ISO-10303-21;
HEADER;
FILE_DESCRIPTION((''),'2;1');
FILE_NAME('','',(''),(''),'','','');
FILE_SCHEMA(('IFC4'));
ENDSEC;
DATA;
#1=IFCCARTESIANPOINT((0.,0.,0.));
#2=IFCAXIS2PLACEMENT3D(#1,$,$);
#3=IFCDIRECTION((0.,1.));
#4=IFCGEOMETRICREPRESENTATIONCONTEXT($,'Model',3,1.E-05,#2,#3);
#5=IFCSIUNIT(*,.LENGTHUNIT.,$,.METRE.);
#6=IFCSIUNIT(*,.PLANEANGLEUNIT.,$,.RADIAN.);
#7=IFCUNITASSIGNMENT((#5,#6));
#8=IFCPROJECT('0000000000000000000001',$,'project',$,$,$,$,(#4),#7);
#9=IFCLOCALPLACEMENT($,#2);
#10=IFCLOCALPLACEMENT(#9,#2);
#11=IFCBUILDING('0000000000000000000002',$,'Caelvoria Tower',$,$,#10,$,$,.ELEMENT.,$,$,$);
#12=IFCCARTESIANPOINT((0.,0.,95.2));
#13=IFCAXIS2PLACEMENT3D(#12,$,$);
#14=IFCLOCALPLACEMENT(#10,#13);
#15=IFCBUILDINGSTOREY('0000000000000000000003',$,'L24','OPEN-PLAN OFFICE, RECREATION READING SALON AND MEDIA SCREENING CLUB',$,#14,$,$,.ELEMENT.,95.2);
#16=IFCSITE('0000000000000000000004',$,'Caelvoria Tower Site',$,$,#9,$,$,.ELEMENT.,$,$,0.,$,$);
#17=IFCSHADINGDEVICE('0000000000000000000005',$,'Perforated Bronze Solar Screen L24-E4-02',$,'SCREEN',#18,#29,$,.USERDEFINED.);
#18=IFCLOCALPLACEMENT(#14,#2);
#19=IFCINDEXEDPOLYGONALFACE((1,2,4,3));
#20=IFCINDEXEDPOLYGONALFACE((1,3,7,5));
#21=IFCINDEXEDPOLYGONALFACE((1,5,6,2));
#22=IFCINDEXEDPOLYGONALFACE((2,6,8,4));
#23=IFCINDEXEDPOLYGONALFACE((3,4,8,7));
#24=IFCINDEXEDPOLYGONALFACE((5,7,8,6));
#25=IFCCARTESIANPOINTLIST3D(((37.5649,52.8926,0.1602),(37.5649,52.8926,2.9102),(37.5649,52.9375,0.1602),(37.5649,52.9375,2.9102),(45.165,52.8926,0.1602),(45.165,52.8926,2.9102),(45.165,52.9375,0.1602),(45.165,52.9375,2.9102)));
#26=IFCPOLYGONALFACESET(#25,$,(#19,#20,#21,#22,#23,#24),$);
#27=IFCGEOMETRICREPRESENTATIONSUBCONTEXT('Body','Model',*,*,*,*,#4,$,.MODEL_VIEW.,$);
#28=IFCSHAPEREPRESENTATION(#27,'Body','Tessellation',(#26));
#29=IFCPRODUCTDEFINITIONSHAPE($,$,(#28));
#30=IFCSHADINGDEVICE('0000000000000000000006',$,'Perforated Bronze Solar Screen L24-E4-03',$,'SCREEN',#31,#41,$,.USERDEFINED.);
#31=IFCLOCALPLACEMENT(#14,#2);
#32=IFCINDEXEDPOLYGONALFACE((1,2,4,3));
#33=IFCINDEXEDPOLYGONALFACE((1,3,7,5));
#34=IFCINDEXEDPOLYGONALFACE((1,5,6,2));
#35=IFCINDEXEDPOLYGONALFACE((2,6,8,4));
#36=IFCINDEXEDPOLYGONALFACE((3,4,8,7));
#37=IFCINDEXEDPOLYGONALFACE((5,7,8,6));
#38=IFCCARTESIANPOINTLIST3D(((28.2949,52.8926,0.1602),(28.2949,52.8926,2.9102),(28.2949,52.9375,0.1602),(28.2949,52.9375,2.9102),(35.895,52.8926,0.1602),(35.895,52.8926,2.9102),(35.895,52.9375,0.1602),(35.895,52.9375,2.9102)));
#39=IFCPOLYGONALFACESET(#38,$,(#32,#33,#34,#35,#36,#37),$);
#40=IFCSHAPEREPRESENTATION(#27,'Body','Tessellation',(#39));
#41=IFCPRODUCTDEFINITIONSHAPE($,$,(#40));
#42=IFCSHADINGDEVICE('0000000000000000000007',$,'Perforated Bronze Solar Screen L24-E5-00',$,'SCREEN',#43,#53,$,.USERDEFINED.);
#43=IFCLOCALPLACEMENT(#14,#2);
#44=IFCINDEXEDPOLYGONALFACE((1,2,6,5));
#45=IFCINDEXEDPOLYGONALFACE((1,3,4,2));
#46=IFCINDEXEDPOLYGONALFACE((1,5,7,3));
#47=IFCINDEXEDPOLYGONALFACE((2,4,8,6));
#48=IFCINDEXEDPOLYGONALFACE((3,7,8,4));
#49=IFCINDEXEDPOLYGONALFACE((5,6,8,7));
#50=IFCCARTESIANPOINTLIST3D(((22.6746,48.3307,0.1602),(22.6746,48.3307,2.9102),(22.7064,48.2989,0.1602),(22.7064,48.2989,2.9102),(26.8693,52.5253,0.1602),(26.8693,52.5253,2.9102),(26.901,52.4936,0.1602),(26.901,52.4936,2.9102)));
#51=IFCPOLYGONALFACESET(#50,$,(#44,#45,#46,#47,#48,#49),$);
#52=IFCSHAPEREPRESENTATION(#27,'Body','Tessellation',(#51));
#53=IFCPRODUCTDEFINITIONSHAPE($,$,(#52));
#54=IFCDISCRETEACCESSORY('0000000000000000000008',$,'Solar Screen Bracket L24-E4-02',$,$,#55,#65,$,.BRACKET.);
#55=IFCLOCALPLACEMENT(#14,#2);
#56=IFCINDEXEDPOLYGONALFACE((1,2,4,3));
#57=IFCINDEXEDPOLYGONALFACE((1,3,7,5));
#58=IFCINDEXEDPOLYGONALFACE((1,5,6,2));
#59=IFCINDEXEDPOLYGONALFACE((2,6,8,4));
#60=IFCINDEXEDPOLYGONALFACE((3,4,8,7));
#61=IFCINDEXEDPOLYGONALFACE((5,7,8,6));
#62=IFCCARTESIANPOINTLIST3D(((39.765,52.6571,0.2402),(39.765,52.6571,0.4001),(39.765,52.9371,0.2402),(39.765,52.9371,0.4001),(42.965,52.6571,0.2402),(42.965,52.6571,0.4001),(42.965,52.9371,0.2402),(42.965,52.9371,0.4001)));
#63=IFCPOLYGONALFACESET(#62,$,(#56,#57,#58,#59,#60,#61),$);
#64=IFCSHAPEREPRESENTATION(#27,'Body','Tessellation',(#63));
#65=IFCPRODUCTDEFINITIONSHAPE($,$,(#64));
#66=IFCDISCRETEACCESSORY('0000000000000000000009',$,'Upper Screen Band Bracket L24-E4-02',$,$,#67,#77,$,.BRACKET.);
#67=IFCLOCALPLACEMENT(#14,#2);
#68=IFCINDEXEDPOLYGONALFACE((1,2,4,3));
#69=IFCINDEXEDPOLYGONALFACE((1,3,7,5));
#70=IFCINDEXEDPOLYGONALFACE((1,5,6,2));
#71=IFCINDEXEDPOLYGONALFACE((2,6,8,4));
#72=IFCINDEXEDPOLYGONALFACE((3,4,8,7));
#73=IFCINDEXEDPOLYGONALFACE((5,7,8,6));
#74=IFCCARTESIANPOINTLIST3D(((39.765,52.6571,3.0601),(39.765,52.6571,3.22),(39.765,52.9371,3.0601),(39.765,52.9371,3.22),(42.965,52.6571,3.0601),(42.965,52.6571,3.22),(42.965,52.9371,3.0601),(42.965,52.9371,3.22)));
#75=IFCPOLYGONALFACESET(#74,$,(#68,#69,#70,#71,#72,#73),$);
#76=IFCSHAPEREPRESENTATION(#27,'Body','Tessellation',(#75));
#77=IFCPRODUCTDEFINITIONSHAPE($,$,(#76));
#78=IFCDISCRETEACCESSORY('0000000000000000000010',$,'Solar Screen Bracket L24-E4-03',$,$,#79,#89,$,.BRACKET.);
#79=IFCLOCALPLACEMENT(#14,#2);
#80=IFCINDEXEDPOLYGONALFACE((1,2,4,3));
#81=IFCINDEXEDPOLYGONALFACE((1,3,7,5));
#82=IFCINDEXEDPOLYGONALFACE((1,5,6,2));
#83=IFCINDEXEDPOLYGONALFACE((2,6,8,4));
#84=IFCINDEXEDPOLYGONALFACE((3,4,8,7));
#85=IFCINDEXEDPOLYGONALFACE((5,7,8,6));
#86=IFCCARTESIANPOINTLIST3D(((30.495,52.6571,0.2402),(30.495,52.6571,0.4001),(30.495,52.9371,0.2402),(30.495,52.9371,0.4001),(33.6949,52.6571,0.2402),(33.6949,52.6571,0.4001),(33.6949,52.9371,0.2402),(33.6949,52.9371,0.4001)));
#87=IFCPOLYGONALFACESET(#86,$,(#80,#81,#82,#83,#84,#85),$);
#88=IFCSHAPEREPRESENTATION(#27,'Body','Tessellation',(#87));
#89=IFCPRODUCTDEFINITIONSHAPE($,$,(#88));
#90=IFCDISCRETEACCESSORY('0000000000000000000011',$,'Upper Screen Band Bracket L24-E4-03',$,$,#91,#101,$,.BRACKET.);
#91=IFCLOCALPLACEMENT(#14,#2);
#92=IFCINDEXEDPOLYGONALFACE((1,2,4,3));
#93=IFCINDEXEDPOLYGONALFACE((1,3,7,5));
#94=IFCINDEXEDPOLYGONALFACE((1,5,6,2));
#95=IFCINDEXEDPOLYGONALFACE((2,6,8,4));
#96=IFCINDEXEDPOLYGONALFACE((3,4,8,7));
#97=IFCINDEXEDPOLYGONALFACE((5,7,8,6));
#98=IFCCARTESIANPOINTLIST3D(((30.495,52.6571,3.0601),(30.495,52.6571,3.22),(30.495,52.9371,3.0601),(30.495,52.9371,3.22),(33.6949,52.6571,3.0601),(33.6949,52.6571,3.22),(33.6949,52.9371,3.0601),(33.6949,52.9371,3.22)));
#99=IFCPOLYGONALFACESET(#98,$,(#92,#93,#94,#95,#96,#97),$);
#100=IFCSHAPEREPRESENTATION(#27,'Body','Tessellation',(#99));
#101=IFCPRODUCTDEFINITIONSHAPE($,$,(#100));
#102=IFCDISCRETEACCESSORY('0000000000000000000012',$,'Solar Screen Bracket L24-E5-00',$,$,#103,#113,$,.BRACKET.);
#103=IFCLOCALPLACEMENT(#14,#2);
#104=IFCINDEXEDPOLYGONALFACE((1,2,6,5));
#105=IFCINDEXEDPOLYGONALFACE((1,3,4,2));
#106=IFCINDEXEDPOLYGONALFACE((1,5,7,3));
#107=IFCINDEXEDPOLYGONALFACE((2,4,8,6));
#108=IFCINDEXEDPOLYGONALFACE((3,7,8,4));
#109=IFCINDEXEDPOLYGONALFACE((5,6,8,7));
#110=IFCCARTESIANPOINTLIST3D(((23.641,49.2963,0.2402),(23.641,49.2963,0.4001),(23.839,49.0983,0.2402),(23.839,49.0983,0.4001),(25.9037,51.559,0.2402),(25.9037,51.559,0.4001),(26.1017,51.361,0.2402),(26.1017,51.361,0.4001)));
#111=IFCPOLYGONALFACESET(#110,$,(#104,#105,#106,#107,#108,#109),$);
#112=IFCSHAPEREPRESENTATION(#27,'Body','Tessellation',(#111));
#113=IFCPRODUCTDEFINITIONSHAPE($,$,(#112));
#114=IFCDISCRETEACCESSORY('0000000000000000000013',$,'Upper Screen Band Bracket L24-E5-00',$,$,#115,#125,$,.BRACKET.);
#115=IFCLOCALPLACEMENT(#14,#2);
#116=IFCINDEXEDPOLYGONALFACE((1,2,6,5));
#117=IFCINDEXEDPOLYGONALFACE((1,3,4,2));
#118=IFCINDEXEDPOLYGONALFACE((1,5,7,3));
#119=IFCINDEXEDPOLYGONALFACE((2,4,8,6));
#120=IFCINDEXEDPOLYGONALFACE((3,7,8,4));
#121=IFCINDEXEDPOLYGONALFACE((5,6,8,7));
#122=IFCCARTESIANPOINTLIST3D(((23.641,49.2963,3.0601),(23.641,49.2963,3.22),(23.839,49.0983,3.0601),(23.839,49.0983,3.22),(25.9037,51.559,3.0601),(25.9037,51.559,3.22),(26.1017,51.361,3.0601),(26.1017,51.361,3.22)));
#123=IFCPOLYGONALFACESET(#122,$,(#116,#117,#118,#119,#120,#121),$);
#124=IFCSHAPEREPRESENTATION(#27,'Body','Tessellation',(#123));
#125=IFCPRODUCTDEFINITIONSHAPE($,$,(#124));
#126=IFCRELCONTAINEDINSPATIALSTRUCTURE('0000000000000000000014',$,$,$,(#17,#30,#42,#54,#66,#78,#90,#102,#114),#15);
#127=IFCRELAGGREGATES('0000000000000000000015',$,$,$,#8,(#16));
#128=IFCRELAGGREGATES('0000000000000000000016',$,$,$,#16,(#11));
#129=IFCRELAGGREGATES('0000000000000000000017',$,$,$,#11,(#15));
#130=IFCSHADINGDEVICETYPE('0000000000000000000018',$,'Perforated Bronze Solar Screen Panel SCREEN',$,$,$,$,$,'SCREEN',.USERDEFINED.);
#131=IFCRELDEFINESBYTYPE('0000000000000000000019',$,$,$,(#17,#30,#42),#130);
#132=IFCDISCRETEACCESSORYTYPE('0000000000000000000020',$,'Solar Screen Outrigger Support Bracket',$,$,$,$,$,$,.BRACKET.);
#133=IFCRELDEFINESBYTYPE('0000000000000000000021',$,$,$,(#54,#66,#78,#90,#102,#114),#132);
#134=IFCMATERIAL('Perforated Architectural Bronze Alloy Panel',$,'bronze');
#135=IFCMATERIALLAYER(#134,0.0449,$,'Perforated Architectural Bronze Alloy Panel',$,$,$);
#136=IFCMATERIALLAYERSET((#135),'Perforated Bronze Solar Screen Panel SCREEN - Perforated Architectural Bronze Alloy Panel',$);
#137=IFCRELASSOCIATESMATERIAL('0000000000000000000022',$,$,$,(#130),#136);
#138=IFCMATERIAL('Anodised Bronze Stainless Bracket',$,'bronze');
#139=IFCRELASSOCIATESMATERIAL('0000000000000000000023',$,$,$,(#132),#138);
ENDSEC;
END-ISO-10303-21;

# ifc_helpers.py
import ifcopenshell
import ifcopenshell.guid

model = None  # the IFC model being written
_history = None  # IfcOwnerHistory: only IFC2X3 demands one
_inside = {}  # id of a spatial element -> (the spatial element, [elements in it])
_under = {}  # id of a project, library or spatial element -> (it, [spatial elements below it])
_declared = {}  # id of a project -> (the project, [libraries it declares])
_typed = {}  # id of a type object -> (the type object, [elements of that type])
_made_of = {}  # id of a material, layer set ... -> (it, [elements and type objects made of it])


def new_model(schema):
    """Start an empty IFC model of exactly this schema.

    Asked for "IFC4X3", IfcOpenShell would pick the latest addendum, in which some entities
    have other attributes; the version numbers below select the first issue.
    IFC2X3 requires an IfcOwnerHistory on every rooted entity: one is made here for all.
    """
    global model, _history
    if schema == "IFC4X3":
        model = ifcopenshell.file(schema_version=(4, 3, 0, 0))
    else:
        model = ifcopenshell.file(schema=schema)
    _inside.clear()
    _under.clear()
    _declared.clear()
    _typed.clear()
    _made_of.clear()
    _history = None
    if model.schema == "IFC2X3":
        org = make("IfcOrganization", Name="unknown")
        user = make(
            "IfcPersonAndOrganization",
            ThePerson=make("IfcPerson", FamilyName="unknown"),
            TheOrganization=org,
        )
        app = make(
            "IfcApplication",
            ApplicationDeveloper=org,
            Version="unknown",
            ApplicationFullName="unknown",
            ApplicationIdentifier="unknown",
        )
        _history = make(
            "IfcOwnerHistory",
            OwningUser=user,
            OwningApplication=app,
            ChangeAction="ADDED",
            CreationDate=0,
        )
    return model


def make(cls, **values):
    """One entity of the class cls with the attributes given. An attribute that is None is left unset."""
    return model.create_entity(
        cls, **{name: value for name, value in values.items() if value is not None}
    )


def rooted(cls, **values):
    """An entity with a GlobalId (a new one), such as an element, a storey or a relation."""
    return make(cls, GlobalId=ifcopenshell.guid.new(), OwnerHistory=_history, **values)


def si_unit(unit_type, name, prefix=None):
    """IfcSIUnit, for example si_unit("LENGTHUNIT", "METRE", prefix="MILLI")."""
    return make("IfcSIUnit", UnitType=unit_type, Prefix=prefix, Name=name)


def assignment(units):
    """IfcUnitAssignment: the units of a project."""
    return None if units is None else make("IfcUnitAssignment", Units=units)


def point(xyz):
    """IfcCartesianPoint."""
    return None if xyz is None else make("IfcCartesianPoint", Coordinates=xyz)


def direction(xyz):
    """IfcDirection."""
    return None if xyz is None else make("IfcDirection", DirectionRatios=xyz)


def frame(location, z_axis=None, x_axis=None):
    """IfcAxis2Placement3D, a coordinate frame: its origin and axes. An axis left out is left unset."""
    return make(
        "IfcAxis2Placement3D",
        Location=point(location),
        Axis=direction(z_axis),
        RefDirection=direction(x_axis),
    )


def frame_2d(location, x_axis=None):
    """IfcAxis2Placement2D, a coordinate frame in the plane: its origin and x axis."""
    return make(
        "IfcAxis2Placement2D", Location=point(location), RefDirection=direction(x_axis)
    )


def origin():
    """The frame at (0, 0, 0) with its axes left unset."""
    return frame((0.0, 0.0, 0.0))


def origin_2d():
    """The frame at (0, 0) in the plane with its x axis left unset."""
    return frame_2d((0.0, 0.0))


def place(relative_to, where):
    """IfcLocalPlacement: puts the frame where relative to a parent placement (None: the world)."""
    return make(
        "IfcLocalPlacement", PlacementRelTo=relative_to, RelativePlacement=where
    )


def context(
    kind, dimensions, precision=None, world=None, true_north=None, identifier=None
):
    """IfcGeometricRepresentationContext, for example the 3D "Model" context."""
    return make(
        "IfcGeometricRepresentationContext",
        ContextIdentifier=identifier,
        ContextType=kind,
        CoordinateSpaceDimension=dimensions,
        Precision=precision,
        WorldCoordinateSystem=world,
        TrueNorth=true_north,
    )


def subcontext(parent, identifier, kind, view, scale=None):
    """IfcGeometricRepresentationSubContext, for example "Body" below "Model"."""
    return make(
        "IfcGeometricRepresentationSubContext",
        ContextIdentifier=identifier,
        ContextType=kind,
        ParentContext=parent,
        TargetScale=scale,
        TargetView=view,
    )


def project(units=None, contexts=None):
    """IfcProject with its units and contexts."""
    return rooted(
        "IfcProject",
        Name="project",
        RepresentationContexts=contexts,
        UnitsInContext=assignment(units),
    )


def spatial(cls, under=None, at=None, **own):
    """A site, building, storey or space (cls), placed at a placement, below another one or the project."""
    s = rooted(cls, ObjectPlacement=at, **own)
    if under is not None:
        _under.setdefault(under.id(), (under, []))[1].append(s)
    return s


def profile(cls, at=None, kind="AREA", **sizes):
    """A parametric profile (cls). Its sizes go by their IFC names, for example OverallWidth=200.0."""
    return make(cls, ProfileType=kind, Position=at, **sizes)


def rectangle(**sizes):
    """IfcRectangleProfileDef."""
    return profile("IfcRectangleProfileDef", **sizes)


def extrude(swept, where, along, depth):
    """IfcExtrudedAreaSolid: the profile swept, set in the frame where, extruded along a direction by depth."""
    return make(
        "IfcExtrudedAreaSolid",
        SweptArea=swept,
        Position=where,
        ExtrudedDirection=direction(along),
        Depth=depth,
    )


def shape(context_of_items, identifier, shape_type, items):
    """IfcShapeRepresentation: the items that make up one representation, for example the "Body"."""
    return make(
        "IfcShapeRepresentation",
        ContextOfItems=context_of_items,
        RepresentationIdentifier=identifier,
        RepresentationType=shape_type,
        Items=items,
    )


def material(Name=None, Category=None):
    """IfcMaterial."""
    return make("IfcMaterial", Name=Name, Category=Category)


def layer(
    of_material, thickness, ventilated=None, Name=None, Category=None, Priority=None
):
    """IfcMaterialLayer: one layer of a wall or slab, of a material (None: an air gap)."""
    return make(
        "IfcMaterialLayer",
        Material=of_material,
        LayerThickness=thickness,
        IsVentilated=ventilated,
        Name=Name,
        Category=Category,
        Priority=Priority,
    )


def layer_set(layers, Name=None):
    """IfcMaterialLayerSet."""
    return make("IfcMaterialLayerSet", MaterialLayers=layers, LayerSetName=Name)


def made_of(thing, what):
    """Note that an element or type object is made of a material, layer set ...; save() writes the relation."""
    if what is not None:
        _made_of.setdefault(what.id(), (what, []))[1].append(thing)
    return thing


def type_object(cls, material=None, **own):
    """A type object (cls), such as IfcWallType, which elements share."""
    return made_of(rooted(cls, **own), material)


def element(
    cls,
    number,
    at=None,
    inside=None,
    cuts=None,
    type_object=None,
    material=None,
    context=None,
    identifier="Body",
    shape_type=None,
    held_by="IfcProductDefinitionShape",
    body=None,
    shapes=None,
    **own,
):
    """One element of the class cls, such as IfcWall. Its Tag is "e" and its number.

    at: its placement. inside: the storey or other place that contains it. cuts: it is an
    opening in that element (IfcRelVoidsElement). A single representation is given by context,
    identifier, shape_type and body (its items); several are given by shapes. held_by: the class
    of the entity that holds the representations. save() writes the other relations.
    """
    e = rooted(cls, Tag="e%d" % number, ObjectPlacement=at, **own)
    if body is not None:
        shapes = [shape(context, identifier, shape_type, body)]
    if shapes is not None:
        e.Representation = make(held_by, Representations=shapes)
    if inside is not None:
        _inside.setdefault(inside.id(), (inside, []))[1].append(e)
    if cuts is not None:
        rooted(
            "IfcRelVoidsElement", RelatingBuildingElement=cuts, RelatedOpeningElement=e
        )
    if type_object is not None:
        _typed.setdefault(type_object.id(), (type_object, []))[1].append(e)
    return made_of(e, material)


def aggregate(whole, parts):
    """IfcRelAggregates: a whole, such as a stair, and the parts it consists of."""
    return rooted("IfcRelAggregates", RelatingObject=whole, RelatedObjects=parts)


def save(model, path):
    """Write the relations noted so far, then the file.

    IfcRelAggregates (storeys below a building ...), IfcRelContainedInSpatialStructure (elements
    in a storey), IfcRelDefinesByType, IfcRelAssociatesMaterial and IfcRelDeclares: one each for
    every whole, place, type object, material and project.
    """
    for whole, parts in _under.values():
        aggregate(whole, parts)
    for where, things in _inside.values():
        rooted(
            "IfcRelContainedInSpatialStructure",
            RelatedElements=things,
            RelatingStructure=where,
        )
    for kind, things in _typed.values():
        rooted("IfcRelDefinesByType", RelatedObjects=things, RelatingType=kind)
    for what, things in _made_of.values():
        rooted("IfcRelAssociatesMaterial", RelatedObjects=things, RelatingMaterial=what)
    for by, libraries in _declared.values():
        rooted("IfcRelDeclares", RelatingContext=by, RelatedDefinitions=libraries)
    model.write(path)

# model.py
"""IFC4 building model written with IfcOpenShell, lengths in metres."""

from ifc_helpers import new_model, si_unit, direction, frame, origin, origin_2d, place, context, subcontext, project, spatial, rectangle, extrude, material, layer, layer_set, type_object, element, save


model = new_model("IFC4")

# Units and contexts
model_context = context("Model", 3, precision=1e-05, world=origin(), true_north=direction((0.0, 1.0)))
body_context = subcontext(model_context, "Body", "Model", "MODEL_VIEW")
ifc_project = project(units=[si_unit("LENGTHUNIT", "METRE"), si_unit("PLANEANGLEUNIT", "RADIAN")], contexts=[model_context])

# Site, building, storey
site_placement = place(None, origin())
site = spatial("IfcSite", under=ifc_project, at=site_placement, Name="Caelvoria Tower Site", CompositionType="ELEMENT", RefElevation=0.0)
building_placement = place(site_placement, origin())
building = spatial("IfcBuilding", under=site, at=building_placement, Name="Caelvoria Tower", CompositionType="ELEMENT")
storey_placement = place(building_placement, frame((0.0, 0.0, 95.2)))
storey = spatial("IfcBuildingStorey", under=building, at=storey_placement, Name="L24", Description="OPEN-PLAN OFFICE, RECREATION READING SALON AND MEDIA SCREENING CLUB", CompositionType="ELEMENT", Elevation=95.2)

# Shading devices
ifc_material_1 = material(Name="Perforated Architectural Bronze Alloy Panel", Category="bronze")
ifc_layer_1 = layer(ifc_material_1, 0.0449, Name="Perforated Architectural Bronze Alloy Panel")
ifc_layer_set_1 = layer_set([ifc_layer_1], Name="Perforated Bronze Solar Screen Panel SCREEN - Perforated Architectural Bronze Alloy Panel")
shading_device_type = type_object("IfcShadingDeviceType", Name="Perforated Bronze Solar Screen Panel SCREEN", ElementType="SCREEN", PredefinedType="USERDEFINED", material=ifc_layer_set_1)
for number, where, z_axis, x_axis, name in (
    (1, (41.365, 52.915, 0.1602), (0.0, 0.0, 1.0), (-1.0, 0.0, 0.0), "Perforated Bronze Solar Screen L24-E4-02"),
    (2, (32.095, 52.915, 0.1602), (0.0, 0.0, 1.0), (-1.0, 0.0, 0.0), "Perforated Bronze Solar Screen L24-E4-03"),
):
    element("IfcShadingDevice", number, at=place(storey_placement, frame(where, z_axis=z_axis, x_axis=x_axis)), inside=storey, type_object=shading_device_type, Name=name, ObjectType="SCREEN", PredefinedType="USERDEFINED", context=body_context, shape_type="SweptSolid", body=[
        extrude(rectangle(XDim=7.6001, YDim=0.0449, at=origin_2d()), origin(), (0.0, 0.0, 1.0), 2.75),
    ])
shading_device_placement = place(storey_placement, frame((24.7878, 50.4121, 0.1602), z_axis=(0.0, 0.0, 1.0), x_axis=(-0.707107, -0.707107, 0.0)))
element("IfcShadingDevice", 3, at=shading_device_placement, inside=storey, type_object=shading_device_type, Name="Perforated Bronze Solar Screen L24-E5-00", ObjectType="SCREEN", PredefinedType="USERDEFINED", context=body_context, shape_type="SweptSolid", body=[
    extrude(rectangle(XDim=5.9321, YDim=0.0449, at=origin_2d()), origin(), (0.0, 0.0, 1.0), 2.75),
])

# Discrete accessories
ifc_material_2 = material(Name="Anodised Bronze Stainless Bracket", Category="bronze")
discrete_accessory_type = type_object("IfcDiscreteAccessoryType", Name="Solar Screen Outrigger Support Bracket", PredefinedType="BRACKET", material=ifc_material_2)
for number, where, z_axis, x_axis, name in (
    (4, (41.365, 52.7971, 0.2402), (0.0, 0.0, 1.0), (-1.0, 0.0, 0.0), "Solar Screen Bracket L24-E4-02"),
    (5, (41.365, 52.7971, 3.0601), (0.0, 0.0, 1.0), (-1.0, 0.0, 0.0), "Upper Screen Band Bracket L24-E4-02"),
    (6, (32.095, 52.7971, 0.2402), (0.0, 0.0, 1.0), (-1.0, 0.0, 0.0), "Solar Screen Bracket L24-E4-03"),
    (7, (32.095, 52.7971, 3.0601), (0.0, 0.0, 1.0), (-1.0, 0.0, 0.0), "Upper Screen Band Bracket L24-E4-03"),
    (8, (24.8713, 50.3286, 0.2402), (0.0, 0.0, 1.0), (-0.707107, -0.707107, 0.0), "Solar Screen Bracket L24-E5-00"),
    (9, (24.8713, 50.3286, 3.0601), (0.0, 0.0, 1.0), (-0.707107, -0.707107, 0.0), "Upper Screen Band Bracket L24-E5-00"),
):
    element("IfcDiscreteAccessory", number, at=place(storey_placement, frame(where, z_axis=z_axis, x_axis=x_axis)), inside=storey, type_object=discrete_accessory_type, Name=name, PredefinedType="BRACKET", context=body_context, shape_type="SweptSolid", body=[
        extrude(rectangle(XDim=3.2, YDim=0.28, at=origin_2d()), origin(), (0.0, 0.0, 1.0), 0.1599),
    ])

save(model, "model.ifc")
